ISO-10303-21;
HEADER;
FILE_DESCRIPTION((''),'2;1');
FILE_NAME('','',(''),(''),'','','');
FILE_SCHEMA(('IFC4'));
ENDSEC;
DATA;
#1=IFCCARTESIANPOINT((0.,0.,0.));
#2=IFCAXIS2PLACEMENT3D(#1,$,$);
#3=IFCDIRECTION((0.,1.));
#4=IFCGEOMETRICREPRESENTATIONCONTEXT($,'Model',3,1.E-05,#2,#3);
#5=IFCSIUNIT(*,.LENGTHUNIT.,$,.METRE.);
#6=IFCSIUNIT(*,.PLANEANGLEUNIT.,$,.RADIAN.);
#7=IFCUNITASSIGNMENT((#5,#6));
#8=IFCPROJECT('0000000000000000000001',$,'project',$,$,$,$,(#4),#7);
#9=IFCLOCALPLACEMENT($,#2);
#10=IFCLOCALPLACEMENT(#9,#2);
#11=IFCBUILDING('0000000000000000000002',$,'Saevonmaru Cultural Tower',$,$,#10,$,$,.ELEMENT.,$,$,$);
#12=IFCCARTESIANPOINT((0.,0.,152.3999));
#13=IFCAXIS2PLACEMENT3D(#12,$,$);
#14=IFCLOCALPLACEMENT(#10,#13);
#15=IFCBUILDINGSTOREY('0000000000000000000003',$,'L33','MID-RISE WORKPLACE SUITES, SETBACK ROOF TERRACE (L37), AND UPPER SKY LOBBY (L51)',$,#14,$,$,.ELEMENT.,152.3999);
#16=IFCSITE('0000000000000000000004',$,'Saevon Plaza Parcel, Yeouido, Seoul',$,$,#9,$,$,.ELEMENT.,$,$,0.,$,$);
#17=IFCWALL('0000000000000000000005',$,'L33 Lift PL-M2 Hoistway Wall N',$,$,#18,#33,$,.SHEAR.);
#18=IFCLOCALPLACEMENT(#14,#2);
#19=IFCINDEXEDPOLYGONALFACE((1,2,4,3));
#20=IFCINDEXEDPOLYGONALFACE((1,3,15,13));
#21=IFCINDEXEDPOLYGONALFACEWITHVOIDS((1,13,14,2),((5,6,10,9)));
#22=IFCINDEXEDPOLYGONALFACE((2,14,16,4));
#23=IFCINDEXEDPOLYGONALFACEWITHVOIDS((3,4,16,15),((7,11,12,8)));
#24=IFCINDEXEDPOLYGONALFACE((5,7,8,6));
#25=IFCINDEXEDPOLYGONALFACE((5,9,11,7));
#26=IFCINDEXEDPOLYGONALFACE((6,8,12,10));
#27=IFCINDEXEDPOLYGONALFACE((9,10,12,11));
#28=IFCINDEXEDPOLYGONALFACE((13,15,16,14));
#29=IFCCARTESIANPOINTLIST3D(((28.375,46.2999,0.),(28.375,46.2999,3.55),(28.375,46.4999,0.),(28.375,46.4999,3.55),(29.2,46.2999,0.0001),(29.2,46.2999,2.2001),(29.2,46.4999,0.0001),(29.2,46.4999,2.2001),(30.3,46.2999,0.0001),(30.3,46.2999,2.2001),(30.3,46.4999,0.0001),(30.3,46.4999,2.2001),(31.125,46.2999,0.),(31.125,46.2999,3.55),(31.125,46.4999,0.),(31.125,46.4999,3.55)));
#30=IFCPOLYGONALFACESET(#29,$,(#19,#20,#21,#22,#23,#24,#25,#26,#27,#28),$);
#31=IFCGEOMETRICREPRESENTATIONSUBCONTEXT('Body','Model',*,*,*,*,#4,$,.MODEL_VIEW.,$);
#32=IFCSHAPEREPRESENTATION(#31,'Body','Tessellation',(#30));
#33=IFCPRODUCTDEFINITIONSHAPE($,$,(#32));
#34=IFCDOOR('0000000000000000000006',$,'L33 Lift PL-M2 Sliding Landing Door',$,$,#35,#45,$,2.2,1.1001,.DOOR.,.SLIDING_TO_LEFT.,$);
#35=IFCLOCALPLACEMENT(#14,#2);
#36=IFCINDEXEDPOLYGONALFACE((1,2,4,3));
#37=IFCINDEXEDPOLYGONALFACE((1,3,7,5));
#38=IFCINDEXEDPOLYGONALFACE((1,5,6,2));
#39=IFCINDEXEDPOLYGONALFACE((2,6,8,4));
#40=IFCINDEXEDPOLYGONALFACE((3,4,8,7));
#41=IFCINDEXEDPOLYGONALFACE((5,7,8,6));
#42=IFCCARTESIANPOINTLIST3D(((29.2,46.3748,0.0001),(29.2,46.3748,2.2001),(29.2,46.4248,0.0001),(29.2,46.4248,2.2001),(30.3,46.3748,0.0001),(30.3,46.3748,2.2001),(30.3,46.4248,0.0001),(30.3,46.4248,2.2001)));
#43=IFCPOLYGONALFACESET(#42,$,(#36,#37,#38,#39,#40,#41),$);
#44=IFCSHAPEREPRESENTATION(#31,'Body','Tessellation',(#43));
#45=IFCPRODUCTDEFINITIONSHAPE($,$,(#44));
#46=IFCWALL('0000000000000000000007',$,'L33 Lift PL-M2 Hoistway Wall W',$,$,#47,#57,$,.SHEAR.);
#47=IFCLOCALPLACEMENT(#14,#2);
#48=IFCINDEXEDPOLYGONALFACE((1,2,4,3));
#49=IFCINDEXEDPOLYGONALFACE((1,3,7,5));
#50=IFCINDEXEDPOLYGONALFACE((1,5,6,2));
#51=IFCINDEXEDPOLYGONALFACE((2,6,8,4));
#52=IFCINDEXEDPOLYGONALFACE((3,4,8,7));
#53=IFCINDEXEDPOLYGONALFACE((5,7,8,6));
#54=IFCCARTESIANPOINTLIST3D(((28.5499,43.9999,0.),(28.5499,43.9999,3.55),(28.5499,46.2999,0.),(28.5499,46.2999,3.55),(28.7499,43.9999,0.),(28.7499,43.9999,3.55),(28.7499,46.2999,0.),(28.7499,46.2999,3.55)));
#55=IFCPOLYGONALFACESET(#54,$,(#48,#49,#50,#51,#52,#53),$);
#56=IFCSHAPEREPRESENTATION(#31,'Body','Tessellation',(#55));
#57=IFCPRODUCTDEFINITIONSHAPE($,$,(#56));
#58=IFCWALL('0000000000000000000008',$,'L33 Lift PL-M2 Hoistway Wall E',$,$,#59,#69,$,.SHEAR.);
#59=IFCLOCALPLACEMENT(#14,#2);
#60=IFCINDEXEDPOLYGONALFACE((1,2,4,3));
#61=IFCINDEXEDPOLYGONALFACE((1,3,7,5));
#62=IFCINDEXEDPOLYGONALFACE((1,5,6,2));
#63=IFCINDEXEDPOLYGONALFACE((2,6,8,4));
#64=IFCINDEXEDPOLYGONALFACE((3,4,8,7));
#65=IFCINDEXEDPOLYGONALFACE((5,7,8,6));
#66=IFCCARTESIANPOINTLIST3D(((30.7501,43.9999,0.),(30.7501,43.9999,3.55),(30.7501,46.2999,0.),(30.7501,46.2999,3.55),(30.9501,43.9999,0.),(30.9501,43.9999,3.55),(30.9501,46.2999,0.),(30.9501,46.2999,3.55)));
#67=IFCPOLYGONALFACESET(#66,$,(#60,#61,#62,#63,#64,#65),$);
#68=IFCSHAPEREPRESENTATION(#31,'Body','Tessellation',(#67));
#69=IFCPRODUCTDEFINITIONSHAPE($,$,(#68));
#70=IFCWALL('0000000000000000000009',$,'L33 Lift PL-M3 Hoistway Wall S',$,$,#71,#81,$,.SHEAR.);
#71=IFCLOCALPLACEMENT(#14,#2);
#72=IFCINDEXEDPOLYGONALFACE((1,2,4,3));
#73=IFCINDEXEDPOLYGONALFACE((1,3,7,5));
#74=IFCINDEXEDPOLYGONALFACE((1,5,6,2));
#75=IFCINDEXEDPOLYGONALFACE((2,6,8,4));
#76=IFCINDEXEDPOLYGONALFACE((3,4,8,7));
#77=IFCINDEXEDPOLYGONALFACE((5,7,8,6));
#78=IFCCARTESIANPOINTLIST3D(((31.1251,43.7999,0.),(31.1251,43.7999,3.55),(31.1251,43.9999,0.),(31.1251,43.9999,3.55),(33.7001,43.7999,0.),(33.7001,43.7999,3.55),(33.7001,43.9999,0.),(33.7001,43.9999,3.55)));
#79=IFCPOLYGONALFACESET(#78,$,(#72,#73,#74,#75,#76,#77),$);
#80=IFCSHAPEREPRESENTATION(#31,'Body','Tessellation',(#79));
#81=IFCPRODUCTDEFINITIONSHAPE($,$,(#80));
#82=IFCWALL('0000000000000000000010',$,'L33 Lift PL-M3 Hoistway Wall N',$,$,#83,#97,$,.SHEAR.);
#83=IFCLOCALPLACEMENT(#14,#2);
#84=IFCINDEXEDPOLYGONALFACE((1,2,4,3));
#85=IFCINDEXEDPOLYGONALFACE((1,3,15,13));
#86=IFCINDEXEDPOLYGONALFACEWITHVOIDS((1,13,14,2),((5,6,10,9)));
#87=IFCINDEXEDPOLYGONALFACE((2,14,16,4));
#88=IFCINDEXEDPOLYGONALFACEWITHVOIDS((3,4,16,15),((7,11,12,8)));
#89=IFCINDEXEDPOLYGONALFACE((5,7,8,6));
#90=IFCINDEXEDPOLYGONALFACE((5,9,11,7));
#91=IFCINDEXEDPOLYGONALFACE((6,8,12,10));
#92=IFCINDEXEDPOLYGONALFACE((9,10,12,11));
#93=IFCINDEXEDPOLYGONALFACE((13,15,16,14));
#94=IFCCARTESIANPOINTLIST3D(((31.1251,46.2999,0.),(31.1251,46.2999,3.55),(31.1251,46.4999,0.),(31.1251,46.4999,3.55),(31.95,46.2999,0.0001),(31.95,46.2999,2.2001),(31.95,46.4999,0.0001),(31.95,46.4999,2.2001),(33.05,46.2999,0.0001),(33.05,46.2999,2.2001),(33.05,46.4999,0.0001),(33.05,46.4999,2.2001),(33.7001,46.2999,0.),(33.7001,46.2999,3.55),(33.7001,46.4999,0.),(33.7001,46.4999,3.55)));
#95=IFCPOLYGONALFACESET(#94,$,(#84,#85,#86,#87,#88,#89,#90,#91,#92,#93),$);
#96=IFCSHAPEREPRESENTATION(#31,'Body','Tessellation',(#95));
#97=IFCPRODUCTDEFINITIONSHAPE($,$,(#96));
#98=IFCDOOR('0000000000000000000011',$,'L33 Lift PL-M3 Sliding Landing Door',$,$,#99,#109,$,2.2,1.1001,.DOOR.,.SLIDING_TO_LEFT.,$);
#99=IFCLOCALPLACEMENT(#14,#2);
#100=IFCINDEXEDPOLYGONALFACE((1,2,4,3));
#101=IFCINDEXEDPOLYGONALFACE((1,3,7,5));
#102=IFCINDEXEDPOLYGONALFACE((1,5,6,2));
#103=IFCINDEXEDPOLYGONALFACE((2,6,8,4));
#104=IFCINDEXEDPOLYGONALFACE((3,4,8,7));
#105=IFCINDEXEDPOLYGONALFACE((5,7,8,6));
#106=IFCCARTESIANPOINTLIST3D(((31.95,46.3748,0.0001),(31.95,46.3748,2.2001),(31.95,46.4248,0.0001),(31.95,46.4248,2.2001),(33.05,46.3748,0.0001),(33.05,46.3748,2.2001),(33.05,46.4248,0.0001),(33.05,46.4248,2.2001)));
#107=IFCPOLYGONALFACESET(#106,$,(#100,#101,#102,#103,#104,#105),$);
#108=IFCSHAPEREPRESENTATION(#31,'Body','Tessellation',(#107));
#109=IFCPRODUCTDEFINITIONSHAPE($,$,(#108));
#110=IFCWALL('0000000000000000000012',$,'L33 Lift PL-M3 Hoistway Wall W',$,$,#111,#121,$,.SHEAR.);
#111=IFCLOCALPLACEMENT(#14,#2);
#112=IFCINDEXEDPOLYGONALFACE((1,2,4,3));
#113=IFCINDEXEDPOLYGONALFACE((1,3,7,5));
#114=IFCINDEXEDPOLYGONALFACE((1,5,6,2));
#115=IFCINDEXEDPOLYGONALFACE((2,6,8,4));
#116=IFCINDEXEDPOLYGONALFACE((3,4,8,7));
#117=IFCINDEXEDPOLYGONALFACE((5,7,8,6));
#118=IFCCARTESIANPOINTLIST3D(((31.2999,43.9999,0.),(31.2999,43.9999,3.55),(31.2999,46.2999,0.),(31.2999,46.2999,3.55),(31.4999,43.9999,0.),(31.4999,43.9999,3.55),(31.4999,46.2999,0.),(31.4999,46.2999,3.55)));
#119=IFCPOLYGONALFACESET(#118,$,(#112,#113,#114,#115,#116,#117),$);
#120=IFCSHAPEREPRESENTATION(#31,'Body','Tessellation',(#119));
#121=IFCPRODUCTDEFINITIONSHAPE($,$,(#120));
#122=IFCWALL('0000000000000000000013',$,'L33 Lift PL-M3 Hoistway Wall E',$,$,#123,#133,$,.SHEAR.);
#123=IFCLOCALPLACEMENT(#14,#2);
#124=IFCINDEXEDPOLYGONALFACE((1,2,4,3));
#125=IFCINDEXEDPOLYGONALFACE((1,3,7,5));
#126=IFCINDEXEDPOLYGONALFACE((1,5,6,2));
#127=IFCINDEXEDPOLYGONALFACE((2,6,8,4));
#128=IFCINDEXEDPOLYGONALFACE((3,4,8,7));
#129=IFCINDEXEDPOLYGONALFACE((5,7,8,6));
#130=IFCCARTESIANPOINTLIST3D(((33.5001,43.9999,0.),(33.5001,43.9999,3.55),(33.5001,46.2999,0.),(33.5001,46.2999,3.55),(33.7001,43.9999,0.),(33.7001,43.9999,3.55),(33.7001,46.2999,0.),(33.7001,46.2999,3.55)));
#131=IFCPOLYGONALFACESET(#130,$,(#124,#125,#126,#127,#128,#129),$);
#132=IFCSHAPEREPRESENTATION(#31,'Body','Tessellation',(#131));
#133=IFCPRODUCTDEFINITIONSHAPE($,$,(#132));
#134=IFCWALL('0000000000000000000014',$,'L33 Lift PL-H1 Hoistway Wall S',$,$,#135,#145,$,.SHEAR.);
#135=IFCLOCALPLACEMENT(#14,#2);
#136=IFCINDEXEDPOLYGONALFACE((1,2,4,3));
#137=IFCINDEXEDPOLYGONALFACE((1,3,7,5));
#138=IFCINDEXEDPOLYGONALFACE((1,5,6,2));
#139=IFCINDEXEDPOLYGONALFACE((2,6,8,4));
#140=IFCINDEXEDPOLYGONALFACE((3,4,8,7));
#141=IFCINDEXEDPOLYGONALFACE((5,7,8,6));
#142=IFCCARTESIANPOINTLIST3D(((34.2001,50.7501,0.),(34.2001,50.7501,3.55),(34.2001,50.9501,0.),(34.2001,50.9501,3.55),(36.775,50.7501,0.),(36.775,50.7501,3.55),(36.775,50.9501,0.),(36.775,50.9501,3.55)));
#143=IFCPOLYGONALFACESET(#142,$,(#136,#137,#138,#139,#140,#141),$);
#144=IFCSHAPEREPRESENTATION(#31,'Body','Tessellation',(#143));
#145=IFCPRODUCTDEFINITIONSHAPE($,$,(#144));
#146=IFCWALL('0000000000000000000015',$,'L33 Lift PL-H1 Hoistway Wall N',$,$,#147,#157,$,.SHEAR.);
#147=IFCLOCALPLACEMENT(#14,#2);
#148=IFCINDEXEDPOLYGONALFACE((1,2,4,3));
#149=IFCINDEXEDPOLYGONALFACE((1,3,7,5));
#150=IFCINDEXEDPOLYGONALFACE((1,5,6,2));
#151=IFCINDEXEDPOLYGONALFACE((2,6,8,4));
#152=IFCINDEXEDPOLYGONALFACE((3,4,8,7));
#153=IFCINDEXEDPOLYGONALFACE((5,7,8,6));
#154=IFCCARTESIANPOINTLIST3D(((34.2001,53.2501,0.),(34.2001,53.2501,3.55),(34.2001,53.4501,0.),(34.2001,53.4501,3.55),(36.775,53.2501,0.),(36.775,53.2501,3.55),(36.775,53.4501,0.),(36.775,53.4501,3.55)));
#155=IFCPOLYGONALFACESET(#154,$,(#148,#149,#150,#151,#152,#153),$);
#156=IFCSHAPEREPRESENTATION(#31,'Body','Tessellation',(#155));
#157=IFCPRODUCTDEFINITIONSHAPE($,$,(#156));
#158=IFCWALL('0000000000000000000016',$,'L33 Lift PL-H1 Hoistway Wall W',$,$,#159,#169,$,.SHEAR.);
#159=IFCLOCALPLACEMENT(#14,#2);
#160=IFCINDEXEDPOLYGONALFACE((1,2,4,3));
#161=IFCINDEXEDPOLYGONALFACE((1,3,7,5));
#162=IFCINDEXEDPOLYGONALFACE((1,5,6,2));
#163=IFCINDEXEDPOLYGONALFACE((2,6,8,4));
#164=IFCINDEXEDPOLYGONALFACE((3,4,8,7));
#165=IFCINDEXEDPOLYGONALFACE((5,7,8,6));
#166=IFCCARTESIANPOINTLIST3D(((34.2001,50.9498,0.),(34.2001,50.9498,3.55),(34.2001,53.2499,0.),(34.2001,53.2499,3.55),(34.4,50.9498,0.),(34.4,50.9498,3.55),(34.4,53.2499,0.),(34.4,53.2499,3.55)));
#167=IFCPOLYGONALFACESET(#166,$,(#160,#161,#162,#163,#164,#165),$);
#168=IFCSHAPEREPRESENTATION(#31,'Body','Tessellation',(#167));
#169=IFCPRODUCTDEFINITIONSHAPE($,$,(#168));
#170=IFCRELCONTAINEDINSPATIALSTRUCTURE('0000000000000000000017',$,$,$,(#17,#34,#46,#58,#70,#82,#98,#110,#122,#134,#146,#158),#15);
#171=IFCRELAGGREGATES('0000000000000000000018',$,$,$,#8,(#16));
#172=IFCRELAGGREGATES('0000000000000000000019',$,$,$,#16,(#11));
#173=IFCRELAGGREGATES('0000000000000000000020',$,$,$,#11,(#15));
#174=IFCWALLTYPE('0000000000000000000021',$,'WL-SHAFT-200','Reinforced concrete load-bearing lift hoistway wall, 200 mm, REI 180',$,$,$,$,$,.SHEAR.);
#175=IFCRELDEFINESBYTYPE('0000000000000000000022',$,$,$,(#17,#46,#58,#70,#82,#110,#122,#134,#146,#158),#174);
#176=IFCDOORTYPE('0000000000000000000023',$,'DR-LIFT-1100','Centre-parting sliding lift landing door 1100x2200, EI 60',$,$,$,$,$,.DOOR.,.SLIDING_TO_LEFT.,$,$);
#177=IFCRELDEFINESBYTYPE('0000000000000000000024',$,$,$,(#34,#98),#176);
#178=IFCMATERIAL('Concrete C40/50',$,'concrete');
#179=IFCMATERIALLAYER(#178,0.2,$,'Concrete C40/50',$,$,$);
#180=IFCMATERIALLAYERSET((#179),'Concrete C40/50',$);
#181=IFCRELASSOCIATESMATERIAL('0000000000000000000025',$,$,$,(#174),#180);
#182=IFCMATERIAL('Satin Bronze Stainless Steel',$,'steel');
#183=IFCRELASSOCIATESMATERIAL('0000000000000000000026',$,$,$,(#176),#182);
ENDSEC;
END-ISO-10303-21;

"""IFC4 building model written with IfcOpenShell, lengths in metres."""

from ifc_helpers import new_model, si_unit, direction, frame, frame_2d, origin, place, context, subcontext, project, spatial, rectangle, extrude, material, layer, layer_set, type_object, element, fill, save


model = new_model("IFC4")

# Units and contexts
model_context = context("Model", 3, precision=1e-05, world=origin(), true_north=direction((0.0, 1.0)))
body_context = subcontext(model_context, "Body", "Model", "MODEL_VIEW")
ifc_project = project(units=[si_unit("LENGTHUNIT", "METRE"), si_unit("PLANEANGLEUNIT", "RADIAN")], contexts=[model_context])

# Site, building, storey
site_placement = place(None, origin())
site = spatial("IfcSite", under=ifc_project, at=site_placement, Name="Saevon Plaza Parcel, Yeouido, Seoul", CompositionType="ELEMENT", RefElevation=0.0)
building_placement = place(site_placement, origin())
building = spatial("IfcBuilding", under=site, at=building_placement, Name="Saevonmaru Cultural Tower", CompositionType="ELEMENT")
storey_placement = place(building_placement, frame((0.0, 0.0, 152.3999)))
storey = spatial("IfcBuildingStorey", under=building, at=storey_placement, Name="L33", Description="MID-RISE WORKPLACE SUITES, SETBACK ROOF TERRACE (L37), AND UPPER SKY LOBBY (L51)", CompositionType="ELEMENT", Elevation=152.3999)

# Shared definitions
ifc_material_1 = material(Name="Concrete C40/50", Category="concrete")
ifc_layer_1 = layer(ifc_material_1, 0.2, Name="Concrete C40/50")
ifc_layer_set_1 = layer_set([ifc_layer_1], Name="Concrete C40/50")
wall_type_1 = type_object("IfcWallType", Name="WL-SHAFT-200", Description="Reinforced concrete load-bearing lift hoistway wall, 200 mm, REI 180", PredefinedType="SHEAR", material=ifc_layer_set_1)
ifc_material_2 = material(Name="Satin Bronze Stainless Steel", Category="steel")
door_type_1 = type_object("IfcDoorType", Name="DR-LIFT-1100", Description="Centre-parting sliding lift landing door 1100x2200, EI 60", OperationType="SLIDING_TO_LEFT", PredefinedType="DOOR", material=ifc_material_2)

# Wall, opening, door
wall_1_placement = place(storey_placement, frame((28.375, 46.3999, 0.0), z_axis=(0.0, 0.0, 1.0), x_axis=(1.0, 0.0, 0.0)))
wall_1 = element("IfcWall", 1, at=wall_1_placement, inside=storey, type_object=wall_type_1, Name="L33 Lift PL-M2 Hoistway Wall N", PredefinedType="SHEAR", context=body_context, shape_type="SweptSolid", body=[
    extrude(rectangle(XDim=2.75, YDim=0.2, at=frame_2d((1.375, 0.0))), origin(), (0.0, 0.0, 1.0), 3.55),
])
opening_1_placement = place(wall_1_placement, frame((0.825, 0.0, 0.0)))
opening_1 = element("IfcOpeningElement", 2, at=opening_1_placement, cuts=wall_1, PredefinedType="OPENING", context=body_context, shape_type="SweptSolid", body=[
    extrude(rectangle(XDim=1.1001, YDim=2.2, at=frame_2d((0.55, 1.1001))), frame((0.0, 0.1099, 0.0), z_axis=(0.0, -1.0, 0.0), x_axis=(1.0, 0.0, 0.0)), (0.0, 0.0, 1.0), 0.22),
])
door_1_placement = place(opening_1_placement, origin())
door_1 = element("IfcDoor", 3, at=door_1_placement, inside=storey, type_object=door_type_1, Name="L33 Lift PL-M2 Sliding Landing Door", OperationType="SLIDING_TO_LEFT", OverallHeight=2.2, OverallWidth=1.1001, PredefinedType="DOOR", context=body_context, shape_type="SweptSolid", body=[
    extrude(rectangle(XDim=1.1001, YDim=2.2, at=frame_2d((0.55, 1.1001))), frame((0.0, 0.0249, 0.0), z_axis=(0.0, -1.0, 0.0), x_axis=(1.0, 0.0, 0.0)), (0.0, 0.0, 1.0), 0.05),
])
fill(opening_1, door_1)

# Walls
for number, where, z_axis, x_axis, name in (
    (4, (28.6499, 44.0, 0.0), (0.0, 0.0, 1.0), (0.0, 1.0, 0.0), "L33 Lift PL-M2 Hoistway Wall W"),
    (5, (30.8501, 44.0, 0.0), (0.0, 0.0, 1.0), (0.0, 1.0, 0.0), "L33 Lift PL-M2 Hoistway Wall E"),
):
    element("IfcWall", number, at=place(storey_placement, frame(where, z_axis=z_axis, x_axis=x_axis)), inside=storey, type_object=wall_type_1, Name=name, PredefinedType="SHEAR", context=body_context, shape_type="SweptSolid", body=[
        extrude(rectangle(XDim=2.3, YDim=0.2, at=frame_2d((1.1499, 0.0))), origin(), (0.0, 0.0, 1.0), 3.55),
    ])
wall_2_placement = place(storey_placement, frame((31.125, 43.8999, 0.0), z_axis=(0.0, 0.0, 1.0), x_axis=(1.0, 0.0, 0.0)))
element("IfcWall", 6, at=wall_2_placement, inside=storey, type_object=wall_type_1, Name="L33 Lift PL-M3 Hoistway Wall S", PredefinedType="SHEAR", context=body_context, shape_type="SweptSolid", body=[
    extrude(rectangle(XDim=2.575, YDim=0.2, at=frame_2d((1.2876, 0.0))), origin(), (0.0, 0.0, 1.0), 3.55),
])

# Wall, opening, door
wall_3_placement = place(storey_placement, frame((31.125, 46.3999, 0.0), z_axis=(0.0, 0.0, 1.0), x_axis=(1.0, 0.0, 0.0)))
wall_3 = element("IfcWall", 7, at=wall_3_placement, inside=storey, type_object=wall_type_1, Name="L33 Lift PL-M3 Hoistway Wall N", PredefinedType="SHEAR", context=body_context, shape_type="SweptSolid", body=[
    extrude(rectangle(XDim=2.575, YDim=0.2, at=frame_2d((1.2876, 0.0))), origin(), (0.0, 0.0, 1.0), 3.55),
])
opening_2_placement = place(wall_3_placement, frame((0.825, 0.0, 0.0)))
opening_2 = element("IfcOpeningElement", 8, at=opening_2_placement, cuts=wall_3, PredefinedType="OPENING", context=body_context, shape_type="SweptSolid", body=[
    extrude(rectangle(XDim=1.1001, YDim=2.2, at=frame_2d((0.55, 1.1001))), frame((0.0, 0.1099, 0.0), z_axis=(0.0, -1.0, 0.0), x_axis=(1.0, 0.0, 0.0)), (0.0, 0.0, 1.0), 0.22),
])
door_2_placement = place(opening_2_placement, origin())
door_2 = element("IfcDoor", 9, at=door_2_placement, inside=storey, type_object=door_type_1, Name="L33 Lift PL-M3 Sliding Landing Door", OperationType="SLIDING_TO_LEFT", OverallHeight=2.2, OverallWidth=1.1001, PredefinedType="DOOR", context=body_context, shape_type="SweptSolid", body=[
    extrude(rectangle(XDim=1.1001, YDim=2.2, at=frame_2d((0.55, 1.1001))), frame((0.0, 0.0249, 0.0), z_axis=(0.0, -1.0, 0.0), x_axis=(1.0, 0.0, 0.0)), (0.0, 0.0, 1.0), 0.05),
])
fill(opening_2, door_2)

# Walls
for number, where, z_axis, x_axis, name in (
    (10, (31.3999, 44.0, 0.0), (0.0, 0.0, 1.0), (0.0, 1.0, 0.0), "L33 Lift PL-M3 Hoistway Wall W"),
    (11, (33.6001, 44.0, 0.0), (0.0, 0.0, 1.0), (0.0, 1.0, 0.0), "L33 Lift PL-M3 Hoistway Wall E"),
):
    element("IfcWall", number, at=place(storey_placement, frame(where, z_axis=z_axis, x_axis=x_axis)), inside=storey, type_object=wall_type_1, Name=name, PredefinedType="SHEAR", context=body_context, shape_type="SweptSolid", body=[
        extrude(rectangle(XDim=2.3, YDim=0.2, at=frame_2d((1.1499, 0.0))), origin(), (0.0, 0.0, 1.0), 3.55),
    ])
for number, where, z_axis, x_axis, name in (
    (12, (34.2, 50.8501, 0.0), (0.0, 0.0, 1.0), (1.0, 0.0, 0.0), "L33 Lift PL-H1 Hoistway Wall S"),
    (13, (34.2, 53.3501, 0.0), (0.0, 0.0, 1.0), (1.0, 0.0, 0.0), "L33 Lift PL-H1 Hoistway Wall N"),
):
    element("IfcWall", number, at=place(storey_placement, frame(where, z_axis=z_axis, x_axis=x_axis)), inside=storey, type_object=wall_type_1, Name=name, PredefinedType="SHEAR", context=body_context, shape_type="SweptSolid", body=[
        extrude(rectangle(XDim=2.575, YDim=0.2, at=frame_2d((1.2876, 0.0))), origin(), (0.0, 0.0, 1.0), 3.55),
    ])
wall_4_placement = place(storey_placement, frame((34.3, 50.95, 0.0), z_axis=(0.0, 0.0, 1.0), x_axis=(0.0, 1.0, 0.0)))
element("IfcWall", 14, at=wall_4_placement, inside=storey, type_object=wall_type_1, Name="L33 Lift PL-H1 Hoistway Wall W", PredefinedType="SHEAR", context=body_context, shape_type="SweptSolid", body=[
    extrude(rectangle(XDim=2.3, YDim=0.2, at=frame_2d((1.1499, 0.0))), origin(), (0.0, 0.0, 1.0), 3.55),
])

save(model, "model.ifc")
